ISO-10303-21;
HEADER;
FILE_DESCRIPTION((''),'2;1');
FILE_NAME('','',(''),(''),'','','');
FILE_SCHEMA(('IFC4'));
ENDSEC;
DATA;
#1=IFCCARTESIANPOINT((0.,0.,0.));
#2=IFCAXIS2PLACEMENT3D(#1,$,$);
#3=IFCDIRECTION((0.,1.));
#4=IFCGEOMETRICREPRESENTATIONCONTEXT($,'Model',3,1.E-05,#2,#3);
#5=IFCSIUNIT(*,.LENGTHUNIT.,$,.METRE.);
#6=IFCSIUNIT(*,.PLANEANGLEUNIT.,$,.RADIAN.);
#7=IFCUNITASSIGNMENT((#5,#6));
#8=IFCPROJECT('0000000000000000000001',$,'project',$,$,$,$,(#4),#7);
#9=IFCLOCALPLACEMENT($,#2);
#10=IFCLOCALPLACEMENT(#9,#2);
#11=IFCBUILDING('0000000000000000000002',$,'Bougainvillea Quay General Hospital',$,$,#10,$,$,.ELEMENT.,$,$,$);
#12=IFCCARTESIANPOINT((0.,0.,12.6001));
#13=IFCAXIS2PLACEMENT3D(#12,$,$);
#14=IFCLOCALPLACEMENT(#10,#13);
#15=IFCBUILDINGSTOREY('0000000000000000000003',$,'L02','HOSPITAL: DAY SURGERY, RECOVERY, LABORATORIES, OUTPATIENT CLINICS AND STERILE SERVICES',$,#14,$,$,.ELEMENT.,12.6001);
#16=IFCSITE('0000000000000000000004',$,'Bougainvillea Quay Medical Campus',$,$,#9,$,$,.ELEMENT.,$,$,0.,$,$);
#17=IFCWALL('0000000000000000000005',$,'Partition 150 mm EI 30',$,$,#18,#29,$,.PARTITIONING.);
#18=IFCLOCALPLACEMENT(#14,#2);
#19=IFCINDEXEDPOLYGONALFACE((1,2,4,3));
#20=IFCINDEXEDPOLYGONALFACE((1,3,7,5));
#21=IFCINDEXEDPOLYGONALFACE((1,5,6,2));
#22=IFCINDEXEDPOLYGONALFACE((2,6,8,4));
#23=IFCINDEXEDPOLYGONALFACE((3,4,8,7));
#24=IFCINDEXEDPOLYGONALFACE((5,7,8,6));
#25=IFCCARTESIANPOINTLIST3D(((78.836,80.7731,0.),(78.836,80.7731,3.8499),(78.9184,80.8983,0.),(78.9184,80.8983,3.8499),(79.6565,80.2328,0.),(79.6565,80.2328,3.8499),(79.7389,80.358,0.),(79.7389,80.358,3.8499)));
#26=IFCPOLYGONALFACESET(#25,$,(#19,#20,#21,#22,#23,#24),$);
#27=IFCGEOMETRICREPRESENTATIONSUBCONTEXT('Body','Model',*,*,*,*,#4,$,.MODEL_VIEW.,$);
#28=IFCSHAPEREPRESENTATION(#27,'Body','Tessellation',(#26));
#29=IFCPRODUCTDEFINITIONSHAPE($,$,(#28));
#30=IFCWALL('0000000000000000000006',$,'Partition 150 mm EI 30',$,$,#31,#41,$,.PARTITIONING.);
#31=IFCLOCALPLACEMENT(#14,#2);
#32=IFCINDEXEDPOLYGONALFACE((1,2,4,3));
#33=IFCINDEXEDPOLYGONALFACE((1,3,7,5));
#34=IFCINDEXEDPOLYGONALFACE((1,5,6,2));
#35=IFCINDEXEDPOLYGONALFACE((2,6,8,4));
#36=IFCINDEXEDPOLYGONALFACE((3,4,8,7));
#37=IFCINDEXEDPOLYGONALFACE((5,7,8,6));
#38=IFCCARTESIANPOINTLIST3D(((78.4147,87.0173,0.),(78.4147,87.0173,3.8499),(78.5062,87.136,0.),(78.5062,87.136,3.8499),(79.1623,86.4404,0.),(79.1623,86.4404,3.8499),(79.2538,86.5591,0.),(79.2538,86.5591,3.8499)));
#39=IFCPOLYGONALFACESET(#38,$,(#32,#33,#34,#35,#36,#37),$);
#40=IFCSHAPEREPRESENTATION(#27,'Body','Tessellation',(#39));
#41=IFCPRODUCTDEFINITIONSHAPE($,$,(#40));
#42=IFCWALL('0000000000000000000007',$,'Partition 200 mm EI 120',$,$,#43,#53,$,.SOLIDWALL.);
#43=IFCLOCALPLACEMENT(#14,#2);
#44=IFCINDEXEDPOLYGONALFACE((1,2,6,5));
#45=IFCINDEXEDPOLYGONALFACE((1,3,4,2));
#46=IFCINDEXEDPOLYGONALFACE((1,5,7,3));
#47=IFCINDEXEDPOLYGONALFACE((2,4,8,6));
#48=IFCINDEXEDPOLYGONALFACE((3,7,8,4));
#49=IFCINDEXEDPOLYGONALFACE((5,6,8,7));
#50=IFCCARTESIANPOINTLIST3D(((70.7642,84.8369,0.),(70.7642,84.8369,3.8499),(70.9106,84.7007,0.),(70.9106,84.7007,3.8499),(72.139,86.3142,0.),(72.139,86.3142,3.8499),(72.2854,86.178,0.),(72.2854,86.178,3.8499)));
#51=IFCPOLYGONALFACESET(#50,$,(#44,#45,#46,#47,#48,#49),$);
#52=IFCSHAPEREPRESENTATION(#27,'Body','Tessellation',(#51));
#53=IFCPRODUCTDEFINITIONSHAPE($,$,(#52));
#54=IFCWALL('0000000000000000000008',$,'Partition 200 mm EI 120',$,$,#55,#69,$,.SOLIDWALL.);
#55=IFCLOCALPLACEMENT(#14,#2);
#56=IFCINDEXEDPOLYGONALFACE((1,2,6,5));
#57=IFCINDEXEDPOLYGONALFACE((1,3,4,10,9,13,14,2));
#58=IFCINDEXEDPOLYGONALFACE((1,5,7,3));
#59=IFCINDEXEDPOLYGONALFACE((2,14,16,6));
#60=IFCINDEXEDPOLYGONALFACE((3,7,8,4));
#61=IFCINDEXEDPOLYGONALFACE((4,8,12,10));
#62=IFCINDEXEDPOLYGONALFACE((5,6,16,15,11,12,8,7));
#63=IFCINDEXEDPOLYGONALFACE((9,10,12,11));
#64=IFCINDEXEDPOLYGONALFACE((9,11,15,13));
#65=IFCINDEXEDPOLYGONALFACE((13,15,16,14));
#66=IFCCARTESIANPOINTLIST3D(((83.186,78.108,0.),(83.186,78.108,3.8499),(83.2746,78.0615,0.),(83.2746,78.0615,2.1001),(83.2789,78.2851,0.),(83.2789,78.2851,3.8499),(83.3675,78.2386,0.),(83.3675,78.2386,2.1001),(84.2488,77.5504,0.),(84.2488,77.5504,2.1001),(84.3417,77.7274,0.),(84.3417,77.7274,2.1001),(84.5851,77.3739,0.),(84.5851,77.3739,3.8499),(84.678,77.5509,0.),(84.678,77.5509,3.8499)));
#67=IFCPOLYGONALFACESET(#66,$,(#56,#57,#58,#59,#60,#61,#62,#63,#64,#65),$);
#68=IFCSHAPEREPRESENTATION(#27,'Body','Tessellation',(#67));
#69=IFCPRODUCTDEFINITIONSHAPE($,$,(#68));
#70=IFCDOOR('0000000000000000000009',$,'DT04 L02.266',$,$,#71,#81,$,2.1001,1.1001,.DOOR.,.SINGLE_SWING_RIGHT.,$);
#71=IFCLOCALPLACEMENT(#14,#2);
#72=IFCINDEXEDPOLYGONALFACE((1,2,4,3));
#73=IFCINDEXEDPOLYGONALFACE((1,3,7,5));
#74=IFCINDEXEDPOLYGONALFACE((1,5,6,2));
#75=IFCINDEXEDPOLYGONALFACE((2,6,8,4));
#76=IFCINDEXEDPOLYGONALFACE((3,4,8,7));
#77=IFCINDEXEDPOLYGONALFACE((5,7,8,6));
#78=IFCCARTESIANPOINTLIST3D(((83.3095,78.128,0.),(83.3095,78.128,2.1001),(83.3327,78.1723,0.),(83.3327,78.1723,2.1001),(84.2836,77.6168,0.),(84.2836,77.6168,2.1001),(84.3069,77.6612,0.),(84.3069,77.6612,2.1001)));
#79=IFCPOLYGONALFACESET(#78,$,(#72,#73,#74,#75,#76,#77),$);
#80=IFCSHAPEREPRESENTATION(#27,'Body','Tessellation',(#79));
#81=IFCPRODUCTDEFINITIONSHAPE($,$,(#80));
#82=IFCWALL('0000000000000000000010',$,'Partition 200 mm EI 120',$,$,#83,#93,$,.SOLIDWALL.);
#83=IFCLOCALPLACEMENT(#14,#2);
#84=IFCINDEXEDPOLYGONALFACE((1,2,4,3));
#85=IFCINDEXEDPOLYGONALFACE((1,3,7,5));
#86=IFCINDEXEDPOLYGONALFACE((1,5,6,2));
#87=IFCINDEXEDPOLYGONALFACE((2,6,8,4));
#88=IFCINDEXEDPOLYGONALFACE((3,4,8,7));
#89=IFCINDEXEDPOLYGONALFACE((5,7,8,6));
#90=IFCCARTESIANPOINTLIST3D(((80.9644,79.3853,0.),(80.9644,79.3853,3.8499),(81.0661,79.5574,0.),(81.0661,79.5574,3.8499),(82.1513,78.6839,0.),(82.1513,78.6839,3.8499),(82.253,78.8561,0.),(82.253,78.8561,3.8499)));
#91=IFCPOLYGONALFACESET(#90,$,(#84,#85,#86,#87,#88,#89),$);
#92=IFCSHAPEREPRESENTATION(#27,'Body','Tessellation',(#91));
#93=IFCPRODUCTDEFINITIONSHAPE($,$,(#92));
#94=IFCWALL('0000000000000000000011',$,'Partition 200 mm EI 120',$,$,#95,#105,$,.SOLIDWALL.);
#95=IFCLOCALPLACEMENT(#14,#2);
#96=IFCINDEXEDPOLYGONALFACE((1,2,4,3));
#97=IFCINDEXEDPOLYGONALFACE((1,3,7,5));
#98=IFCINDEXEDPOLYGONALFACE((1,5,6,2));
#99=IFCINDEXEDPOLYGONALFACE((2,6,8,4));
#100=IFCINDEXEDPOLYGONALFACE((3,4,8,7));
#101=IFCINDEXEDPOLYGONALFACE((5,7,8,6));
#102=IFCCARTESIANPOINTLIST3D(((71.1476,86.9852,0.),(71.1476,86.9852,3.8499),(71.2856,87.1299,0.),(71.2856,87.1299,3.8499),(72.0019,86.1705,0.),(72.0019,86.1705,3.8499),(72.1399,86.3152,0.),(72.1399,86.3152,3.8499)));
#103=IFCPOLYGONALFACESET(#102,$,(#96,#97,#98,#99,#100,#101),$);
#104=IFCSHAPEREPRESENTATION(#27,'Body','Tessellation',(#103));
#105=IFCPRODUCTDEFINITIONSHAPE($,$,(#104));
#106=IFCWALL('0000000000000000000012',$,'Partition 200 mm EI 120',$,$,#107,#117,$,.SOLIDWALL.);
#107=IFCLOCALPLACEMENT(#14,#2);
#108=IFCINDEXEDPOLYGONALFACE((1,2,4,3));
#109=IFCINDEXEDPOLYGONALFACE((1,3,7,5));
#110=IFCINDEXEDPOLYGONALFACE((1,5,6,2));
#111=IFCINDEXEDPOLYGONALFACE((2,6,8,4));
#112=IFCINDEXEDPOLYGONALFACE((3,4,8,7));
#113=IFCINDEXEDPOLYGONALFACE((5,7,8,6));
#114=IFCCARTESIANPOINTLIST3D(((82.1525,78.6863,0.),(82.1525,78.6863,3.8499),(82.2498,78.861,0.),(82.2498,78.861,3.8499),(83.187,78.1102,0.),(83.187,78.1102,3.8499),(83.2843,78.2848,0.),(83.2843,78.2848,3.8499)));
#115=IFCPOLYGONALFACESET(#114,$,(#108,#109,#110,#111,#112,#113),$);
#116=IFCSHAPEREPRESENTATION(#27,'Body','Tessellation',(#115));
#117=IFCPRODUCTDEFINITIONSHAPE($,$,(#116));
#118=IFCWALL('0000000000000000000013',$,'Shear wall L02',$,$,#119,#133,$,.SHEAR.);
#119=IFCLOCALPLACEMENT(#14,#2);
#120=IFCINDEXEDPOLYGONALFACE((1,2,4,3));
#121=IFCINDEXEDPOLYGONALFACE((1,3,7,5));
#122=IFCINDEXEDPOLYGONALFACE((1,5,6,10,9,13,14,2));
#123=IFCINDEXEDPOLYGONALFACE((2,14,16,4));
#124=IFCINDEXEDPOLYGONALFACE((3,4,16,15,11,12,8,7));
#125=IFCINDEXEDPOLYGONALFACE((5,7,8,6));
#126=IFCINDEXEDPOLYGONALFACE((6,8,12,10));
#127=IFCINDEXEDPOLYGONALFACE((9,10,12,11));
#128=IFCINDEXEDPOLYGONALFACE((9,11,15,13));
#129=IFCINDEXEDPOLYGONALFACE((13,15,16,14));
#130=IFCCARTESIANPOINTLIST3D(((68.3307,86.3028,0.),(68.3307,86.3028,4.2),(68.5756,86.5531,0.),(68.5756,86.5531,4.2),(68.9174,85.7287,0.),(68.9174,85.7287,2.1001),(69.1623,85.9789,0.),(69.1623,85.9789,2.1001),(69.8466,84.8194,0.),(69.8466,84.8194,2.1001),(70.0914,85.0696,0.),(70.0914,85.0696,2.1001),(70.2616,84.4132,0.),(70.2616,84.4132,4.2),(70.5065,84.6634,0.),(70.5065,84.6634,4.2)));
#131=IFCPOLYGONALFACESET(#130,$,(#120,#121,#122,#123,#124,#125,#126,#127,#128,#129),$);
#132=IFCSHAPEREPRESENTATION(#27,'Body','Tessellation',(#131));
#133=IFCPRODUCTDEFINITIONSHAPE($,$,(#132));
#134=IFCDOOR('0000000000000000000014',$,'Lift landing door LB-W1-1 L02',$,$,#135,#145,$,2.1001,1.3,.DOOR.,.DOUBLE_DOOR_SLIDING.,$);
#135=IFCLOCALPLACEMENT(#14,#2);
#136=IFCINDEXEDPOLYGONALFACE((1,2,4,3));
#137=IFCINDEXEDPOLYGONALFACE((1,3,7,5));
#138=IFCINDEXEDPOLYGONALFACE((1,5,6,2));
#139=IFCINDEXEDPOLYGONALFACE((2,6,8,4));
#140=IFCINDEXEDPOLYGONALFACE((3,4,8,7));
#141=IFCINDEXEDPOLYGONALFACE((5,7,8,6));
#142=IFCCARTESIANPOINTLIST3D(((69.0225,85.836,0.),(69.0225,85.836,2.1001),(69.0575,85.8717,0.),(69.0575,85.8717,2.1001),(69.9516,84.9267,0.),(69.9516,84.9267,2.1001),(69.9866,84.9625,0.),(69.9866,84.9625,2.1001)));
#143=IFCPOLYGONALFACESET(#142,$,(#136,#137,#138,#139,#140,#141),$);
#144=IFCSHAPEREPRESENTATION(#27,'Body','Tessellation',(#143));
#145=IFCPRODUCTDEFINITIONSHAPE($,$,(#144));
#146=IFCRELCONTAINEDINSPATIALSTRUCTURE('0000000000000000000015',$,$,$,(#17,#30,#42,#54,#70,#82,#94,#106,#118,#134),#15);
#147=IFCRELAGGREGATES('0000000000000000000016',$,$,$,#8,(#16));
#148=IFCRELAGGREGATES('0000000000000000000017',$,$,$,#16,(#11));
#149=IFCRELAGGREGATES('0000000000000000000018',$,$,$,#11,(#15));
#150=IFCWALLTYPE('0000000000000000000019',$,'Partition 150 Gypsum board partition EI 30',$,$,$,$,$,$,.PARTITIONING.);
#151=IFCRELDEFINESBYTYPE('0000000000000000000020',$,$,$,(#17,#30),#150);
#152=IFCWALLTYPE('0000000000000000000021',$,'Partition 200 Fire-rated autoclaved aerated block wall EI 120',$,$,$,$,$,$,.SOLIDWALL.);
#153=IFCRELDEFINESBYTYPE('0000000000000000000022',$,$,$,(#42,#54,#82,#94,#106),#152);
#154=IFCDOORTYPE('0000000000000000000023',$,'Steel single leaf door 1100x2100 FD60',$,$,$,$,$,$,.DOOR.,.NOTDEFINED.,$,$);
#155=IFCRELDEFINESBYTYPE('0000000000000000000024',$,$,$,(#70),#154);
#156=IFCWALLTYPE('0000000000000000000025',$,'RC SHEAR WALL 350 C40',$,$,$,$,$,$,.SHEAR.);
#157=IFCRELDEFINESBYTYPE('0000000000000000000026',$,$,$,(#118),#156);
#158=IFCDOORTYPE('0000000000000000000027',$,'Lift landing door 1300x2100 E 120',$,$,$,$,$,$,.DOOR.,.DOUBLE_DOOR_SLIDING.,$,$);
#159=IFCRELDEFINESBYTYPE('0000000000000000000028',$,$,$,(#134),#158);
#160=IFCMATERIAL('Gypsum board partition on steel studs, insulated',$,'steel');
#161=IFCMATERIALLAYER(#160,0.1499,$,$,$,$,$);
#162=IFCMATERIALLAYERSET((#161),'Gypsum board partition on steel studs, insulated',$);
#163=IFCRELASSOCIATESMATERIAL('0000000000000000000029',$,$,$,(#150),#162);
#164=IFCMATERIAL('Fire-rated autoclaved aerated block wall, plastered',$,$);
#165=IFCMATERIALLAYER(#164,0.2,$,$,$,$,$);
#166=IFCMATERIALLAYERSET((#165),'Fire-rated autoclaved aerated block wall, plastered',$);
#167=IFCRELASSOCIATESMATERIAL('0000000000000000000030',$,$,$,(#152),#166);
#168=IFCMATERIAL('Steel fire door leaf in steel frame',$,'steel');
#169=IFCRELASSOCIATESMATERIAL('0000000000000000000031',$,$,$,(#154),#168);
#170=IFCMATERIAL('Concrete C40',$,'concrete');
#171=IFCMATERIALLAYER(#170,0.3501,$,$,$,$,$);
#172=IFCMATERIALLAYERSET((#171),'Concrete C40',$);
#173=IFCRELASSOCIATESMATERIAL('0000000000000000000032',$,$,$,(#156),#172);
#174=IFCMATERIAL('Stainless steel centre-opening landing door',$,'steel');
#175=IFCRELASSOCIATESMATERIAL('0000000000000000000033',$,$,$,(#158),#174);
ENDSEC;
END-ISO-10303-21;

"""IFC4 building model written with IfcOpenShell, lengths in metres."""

from ifc_helpers import new_model, si_unit, direction, frame, frame_2d, origin, place, context, subcontext, project, spatial, rectangle, extrude, material, layer, layer_set, type_object, element, fill, save


model = new_model("IFC4")

# Units and contexts
model_context = context("Model", 3, precision=1e-05, world=origin(), true_north=direction((0.0, 1.0)))
body_context = subcontext(model_context, "Body", "Model", "MODEL_VIEW")
ifc_project = project(units=[si_unit("LENGTHUNIT", "METRE"), si_unit("PLANEANGLEUNIT", "RADIAN")], contexts=[model_context])

# Site, building, storey
site_placement = place(None, origin())
site = spatial("IfcSite", under=ifc_project, at=site_placement, Name="Bougainvillea Quay Medical Campus", CompositionType="ELEMENT", RefElevation=0.0)
building_placement = place(site_placement, origin())
building = spatial("IfcBuilding", under=site, at=building_placement, Name="Bougainvillea Quay General Hospital", CompositionType="ELEMENT")
storey_placement = place(building_placement, frame((0.0, 0.0, 12.6001)))
storey = spatial("IfcBuildingStorey", under=building, at=storey_placement, Name="L02", Description="HOSPITAL: DAY SURGERY, RECOVERY, LABORATORIES, OUTPATIENT CLINICS AND STERILE SERVICES", CompositionType="ELEMENT", Elevation=12.6001)

# Shared definitions
ifc_material_1 = material(Name="Concrete C40", Category="concrete")

# Shared definitions
ifc_material_2 = material(Name="Gypsum board partition on steel studs, insulated", Category="steel")
ifc_layer_1 = layer(ifc_material_2, 0.1499)
ifc_layer_set_1 = layer_set([ifc_layer_1], Name="Gypsum board partition on steel studs, insulated")
wall_type_1 = type_object("IfcWallType", Name="Partition 150 Gypsum board partition EI 30", PredefinedType="PARTITIONING", material=ifc_layer_set_1)

# Walls
wall_1_placement = place(storey_placement, frame((78.8772, 80.8357, 0.0), z_axis=(0.0, 0.0, 1.0), x_axis=(0.83521, -0.549931, 0.0)))
element("IfcWall", 1, at=wall_1_placement, inside=storey, type_object=wall_type_1, Name="Partition 150 mm EI 30", PredefinedType="PARTITIONING", context=body_context, shape_type="SweptSolid", body=[
    extrude(rectangle(XDim=0.9824, YDim=0.1499, at=frame_2d((0.4912, 0.0))), origin(), (0.0, 0.0, 1.0), 3.8499),
])
wall_2_placement = place(storey_placement, frame((78.4604, 87.0767, 0.0), z_axis=(0.0, 0.0, 1.0), x_axis=(0.791671, -0.610947, 0.0)))
element("IfcWall", 2, at=wall_2_placement, inside=storey, type_object=wall_type_1, Name="Partition 150 mm EI 30", PredefinedType="PARTITIONING", context=body_context, shape_type="SweptSolid", body=[
    extrude(rectangle(XDim=0.9443, YDim=0.1499, at=frame_2d((0.4722, 0.0))), origin(), (0.0, 0.0, 1.0), 3.8499),
])
ifc_material_3 = material(Name="Fire-rated autoclaved aerated block wall, plastered")
ifc_layer_2 = layer(ifc_material_3, 0.2)
ifc_layer_set_2 = layer_set([ifc_layer_2], Name="Fire-rated autoclaved aerated block wall, plastered")
wall_type_2 = type_object("IfcWallType", Name="Partition 200 Fire-rated autoclaved aerated block wall EI 120", PredefinedType="SOLIDWALL", material=ifc_layer_set_2)
wall_3_placement = place(storey_placement, frame((70.8374, 84.7688, 0.0), z_axis=(0.0, 0.0, 1.0), x_axis=(0.681244, 0.732056, 0.0)))
element("IfcWall", 3, at=wall_3_placement, inside=storey, type_object=wall_type_2, Name="Partition 200 mm EI 120", PredefinedType="SOLIDWALL", context=body_context, shape_type="SweptSolid", body=[
    extrude(rectangle(XDim=2.0181, YDim=0.2, at=frame_2d((1.009, 0.0))), origin(), (0.0, 0.0, 1.0), 3.8499),
])

# Wall, opening, door
wall_4_placement = place(storey_placement, frame((83.2324, 78.1965, 0.0), z_axis=(0.0, 0.0, 1.0), x_axis=(0.885511, -0.464619, 0.0)))
wall_4 = element("IfcWall", 4, at=wall_4_placement, inside=storey, type_object=wall_type_2, Name="Partition 200 mm EI 120", PredefinedType="SOLIDWALL", context=body_context, shape_type="SweptSolid", body=[
    extrude(rectangle(XDim=1.5801, YDim=0.2, at=frame_2d((0.79, 0.0))), origin(), (0.0, 0.0, 1.0), 3.8499),
])
opening_1_placement = place(wall_4_placement, frame((0.1001, 0.0, 0.0)))
opening_1 = element("IfcOpeningElement", 5, at=opening_1_placement, cuts=wall_4, PredefinedType="OPENING", context=body_context, shape_type="SweptSolid", body=[
    extrude(rectangle(XDim=1.1001, YDim=2.1001, at=frame_2d((0.55, 1.05))), frame((0.0, 0.1099, 0.0), z_axis=(0.0, -1.0, 0.0), x_axis=(1.0, 0.0, 0.0)), (0.0, 0.0, 1.0), 0.22),
])
ifc_material_4 = material(Name="Steel fire door leaf in steel frame", Category="steel")
door_type_1 = type_object("IfcDoorType", Name="Steel single leaf door 1100x2100 FD60", OperationType="NOTDEFINED", PredefinedType="DOOR", material=ifc_material_4)
door_1_placement = place(opening_1_placement, frame((1.1001, 0.0, 0.0), z_axis=(0.0, 0.0, 1.0), x_axis=(-1.0, 0.0, 0.0)))
door_1 = element("IfcDoor", 6, at=door_1_placement, inside=storey, type_object=door_type_1, Name="DT04 L02.266", OperationType="SINGLE_SWING_RIGHT", OverallHeight=2.1001, OverallWidth=1.1001, PredefinedType="DOOR", context=body_context, shape_type="SweptSolid", body=[
    extrude(rectangle(XDim=1.1001, YDim=2.1001, at=frame_2d((0.55, 1.05))), frame((0.0, 0.0249, 0.0), z_axis=(0.0, -1.0, 0.0), x_axis=(1.0, 0.0, 0.0)), (0.0, 0.0, 1.0), 0.05),
])
fill(opening_1, door_1)

# Walls
wall_5_placement = place(storey_placement, frame((81.0151, 79.4714, 0.0), z_axis=(0.0, 0.0, 1.0), x_axis=(0.860927, -0.508729, 0.0)))
element("IfcWall", 7, at=wall_5_placement, inside=storey, type_object=wall_type_2, Name="Partition 200 mm EI 120", PredefinedType="SOLIDWALL", context=body_context, shape_type="SweptSolid", body=[
    extrude(rectangle(XDim=1.3787, YDim=0.2, at=frame_2d((0.6895, 0.0))), origin(), (0.0, 0.0, 1.0), 3.8499),
])
wall_6_placement = place(storey_placement, frame((71.2166, 87.0576, 0.0), z_axis=(0.0, 0.0, 1.0), x_axis=(0.723661, -0.690156, 0.0)))
element("IfcWall", 8, at=wall_6_placement, inside=storey, type_object=wall_type_2, Name="Partition 200 mm EI 120", PredefinedType="SOLIDWALL", context=body_context, shape_type="SweptSolid", body=[
    extrude(rectangle(XDim=1.1804, YDim=0.2, at=frame_2d((0.5903, 0.0))), origin(), (0.0, 0.0, 1.0), 3.8499),
])
wall_7_placement = place(storey_placement, frame((82.2012, 78.7737, 0.0), z_axis=(0.0, 0.0, 1.0), x_axis=(0.873622, -0.486605, 0.0)))
element("IfcWall", 9, at=wall_7_placement, inside=storey, type_object=wall_type_2, Name="Partition 200 mm EI 120", PredefinedType="SOLIDWALL", context=body_context, shape_type="SweptSolid", body=[
    extrude(rectangle(XDim=1.1841, YDim=0.2, at=frame_2d((0.592, 0.0))), origin(), (0.0, 0.0, 1.0), 3.8499),
])

# Wall, opening, door
ifc_layer_3 = layer(ifc_material_1, 0.3501)
ifc_layer_set_3 = layer_set([ifc_layer_3], Name="Concrete C40")
wall_type_3 = type_object("IfcWallType", Name="RC SHEAR WALL 350 C40", PredefinedType="SHEAR", material=ifc_layer_set_3)
wall_8_placement = place(storey_placement, frame((70.384, 84.5383, 0.0), z_axis=(0.0, 0.0, 1.0), x_axis=(-0.714701, 0.69943, 0.0)))
wall_8 = element("IfcWall", 10, at=wall_8_placement, inside=storey, type_object=wall_type_3, Name="Shear wall L02", PredefinedType="SHEAR", context=body_context, shape_type="SweptSolid", body=[
    extrude(rectangle(XDim=2.7017, YDim=0.3501, at=frame_2d((1.3508, 0.0))), origin(), (0.0, 0.0, 1.0), 4.2),
])
opening_2_placement = place(wall_8_placement, frame((0.5808, 0.0, 0.0)))
opening_2 = element("IfcOpeningElement", 11, at=opening_2_placement, cuts=wall_8, PredefinedType="OPENING", context=body_context, shape_type="SweptSolid", body=[
    extrude(rectangle(XDim=1.3, YDim=2.1001, at=frame_2d((0.6499, 1.05))), frame((0.0, 0.1851, 0.0), z_axis=(0.0, -1.0, 0.0), x_axis=(1.0, 0.0, 0.0)), (0.0, 0.0, 1.0), 0.3701),
])
ifc_material_5 = material(Name="Stainless steel centre-opening landing door", Category="steel")
door_type_2 = type_object("IfcDoorType", Name="Lift landing door 1300x2100 E 120", OperationType="DOUBLE_DOOR_SLIDING", PredefinedType="DOOR", material=ifc_material_5)
door_2_placement = place(opening_2_placement, origin())
door_2 = element("IfcDoor", 12, at=door_2_placement, inside=storey, type_object=door_type_2, Name="Lift landing door LB-W1-1 L02", OperationType="DOUBLE_DOOR_SLIDING", OverallHeight=2.1001, OverallWidth=1.3, PredefinedType="DOOR", context=body_context, shape_type="SweptSolid", body=[
    extrude(rectangle(XDim=1.3, YDim=2.1001, at=frame_2d((0.6499, 1.05))), frame((0.0, 0.0249, 0.0), z_axis=(0.0, -1.0, 0.0), x_axis=(1.0, 0.0, 0.0)), (0.0, 0.0, 1.0), 0.05),
])
fill(opening_2, door_2)

save(model, "model.ifc")
